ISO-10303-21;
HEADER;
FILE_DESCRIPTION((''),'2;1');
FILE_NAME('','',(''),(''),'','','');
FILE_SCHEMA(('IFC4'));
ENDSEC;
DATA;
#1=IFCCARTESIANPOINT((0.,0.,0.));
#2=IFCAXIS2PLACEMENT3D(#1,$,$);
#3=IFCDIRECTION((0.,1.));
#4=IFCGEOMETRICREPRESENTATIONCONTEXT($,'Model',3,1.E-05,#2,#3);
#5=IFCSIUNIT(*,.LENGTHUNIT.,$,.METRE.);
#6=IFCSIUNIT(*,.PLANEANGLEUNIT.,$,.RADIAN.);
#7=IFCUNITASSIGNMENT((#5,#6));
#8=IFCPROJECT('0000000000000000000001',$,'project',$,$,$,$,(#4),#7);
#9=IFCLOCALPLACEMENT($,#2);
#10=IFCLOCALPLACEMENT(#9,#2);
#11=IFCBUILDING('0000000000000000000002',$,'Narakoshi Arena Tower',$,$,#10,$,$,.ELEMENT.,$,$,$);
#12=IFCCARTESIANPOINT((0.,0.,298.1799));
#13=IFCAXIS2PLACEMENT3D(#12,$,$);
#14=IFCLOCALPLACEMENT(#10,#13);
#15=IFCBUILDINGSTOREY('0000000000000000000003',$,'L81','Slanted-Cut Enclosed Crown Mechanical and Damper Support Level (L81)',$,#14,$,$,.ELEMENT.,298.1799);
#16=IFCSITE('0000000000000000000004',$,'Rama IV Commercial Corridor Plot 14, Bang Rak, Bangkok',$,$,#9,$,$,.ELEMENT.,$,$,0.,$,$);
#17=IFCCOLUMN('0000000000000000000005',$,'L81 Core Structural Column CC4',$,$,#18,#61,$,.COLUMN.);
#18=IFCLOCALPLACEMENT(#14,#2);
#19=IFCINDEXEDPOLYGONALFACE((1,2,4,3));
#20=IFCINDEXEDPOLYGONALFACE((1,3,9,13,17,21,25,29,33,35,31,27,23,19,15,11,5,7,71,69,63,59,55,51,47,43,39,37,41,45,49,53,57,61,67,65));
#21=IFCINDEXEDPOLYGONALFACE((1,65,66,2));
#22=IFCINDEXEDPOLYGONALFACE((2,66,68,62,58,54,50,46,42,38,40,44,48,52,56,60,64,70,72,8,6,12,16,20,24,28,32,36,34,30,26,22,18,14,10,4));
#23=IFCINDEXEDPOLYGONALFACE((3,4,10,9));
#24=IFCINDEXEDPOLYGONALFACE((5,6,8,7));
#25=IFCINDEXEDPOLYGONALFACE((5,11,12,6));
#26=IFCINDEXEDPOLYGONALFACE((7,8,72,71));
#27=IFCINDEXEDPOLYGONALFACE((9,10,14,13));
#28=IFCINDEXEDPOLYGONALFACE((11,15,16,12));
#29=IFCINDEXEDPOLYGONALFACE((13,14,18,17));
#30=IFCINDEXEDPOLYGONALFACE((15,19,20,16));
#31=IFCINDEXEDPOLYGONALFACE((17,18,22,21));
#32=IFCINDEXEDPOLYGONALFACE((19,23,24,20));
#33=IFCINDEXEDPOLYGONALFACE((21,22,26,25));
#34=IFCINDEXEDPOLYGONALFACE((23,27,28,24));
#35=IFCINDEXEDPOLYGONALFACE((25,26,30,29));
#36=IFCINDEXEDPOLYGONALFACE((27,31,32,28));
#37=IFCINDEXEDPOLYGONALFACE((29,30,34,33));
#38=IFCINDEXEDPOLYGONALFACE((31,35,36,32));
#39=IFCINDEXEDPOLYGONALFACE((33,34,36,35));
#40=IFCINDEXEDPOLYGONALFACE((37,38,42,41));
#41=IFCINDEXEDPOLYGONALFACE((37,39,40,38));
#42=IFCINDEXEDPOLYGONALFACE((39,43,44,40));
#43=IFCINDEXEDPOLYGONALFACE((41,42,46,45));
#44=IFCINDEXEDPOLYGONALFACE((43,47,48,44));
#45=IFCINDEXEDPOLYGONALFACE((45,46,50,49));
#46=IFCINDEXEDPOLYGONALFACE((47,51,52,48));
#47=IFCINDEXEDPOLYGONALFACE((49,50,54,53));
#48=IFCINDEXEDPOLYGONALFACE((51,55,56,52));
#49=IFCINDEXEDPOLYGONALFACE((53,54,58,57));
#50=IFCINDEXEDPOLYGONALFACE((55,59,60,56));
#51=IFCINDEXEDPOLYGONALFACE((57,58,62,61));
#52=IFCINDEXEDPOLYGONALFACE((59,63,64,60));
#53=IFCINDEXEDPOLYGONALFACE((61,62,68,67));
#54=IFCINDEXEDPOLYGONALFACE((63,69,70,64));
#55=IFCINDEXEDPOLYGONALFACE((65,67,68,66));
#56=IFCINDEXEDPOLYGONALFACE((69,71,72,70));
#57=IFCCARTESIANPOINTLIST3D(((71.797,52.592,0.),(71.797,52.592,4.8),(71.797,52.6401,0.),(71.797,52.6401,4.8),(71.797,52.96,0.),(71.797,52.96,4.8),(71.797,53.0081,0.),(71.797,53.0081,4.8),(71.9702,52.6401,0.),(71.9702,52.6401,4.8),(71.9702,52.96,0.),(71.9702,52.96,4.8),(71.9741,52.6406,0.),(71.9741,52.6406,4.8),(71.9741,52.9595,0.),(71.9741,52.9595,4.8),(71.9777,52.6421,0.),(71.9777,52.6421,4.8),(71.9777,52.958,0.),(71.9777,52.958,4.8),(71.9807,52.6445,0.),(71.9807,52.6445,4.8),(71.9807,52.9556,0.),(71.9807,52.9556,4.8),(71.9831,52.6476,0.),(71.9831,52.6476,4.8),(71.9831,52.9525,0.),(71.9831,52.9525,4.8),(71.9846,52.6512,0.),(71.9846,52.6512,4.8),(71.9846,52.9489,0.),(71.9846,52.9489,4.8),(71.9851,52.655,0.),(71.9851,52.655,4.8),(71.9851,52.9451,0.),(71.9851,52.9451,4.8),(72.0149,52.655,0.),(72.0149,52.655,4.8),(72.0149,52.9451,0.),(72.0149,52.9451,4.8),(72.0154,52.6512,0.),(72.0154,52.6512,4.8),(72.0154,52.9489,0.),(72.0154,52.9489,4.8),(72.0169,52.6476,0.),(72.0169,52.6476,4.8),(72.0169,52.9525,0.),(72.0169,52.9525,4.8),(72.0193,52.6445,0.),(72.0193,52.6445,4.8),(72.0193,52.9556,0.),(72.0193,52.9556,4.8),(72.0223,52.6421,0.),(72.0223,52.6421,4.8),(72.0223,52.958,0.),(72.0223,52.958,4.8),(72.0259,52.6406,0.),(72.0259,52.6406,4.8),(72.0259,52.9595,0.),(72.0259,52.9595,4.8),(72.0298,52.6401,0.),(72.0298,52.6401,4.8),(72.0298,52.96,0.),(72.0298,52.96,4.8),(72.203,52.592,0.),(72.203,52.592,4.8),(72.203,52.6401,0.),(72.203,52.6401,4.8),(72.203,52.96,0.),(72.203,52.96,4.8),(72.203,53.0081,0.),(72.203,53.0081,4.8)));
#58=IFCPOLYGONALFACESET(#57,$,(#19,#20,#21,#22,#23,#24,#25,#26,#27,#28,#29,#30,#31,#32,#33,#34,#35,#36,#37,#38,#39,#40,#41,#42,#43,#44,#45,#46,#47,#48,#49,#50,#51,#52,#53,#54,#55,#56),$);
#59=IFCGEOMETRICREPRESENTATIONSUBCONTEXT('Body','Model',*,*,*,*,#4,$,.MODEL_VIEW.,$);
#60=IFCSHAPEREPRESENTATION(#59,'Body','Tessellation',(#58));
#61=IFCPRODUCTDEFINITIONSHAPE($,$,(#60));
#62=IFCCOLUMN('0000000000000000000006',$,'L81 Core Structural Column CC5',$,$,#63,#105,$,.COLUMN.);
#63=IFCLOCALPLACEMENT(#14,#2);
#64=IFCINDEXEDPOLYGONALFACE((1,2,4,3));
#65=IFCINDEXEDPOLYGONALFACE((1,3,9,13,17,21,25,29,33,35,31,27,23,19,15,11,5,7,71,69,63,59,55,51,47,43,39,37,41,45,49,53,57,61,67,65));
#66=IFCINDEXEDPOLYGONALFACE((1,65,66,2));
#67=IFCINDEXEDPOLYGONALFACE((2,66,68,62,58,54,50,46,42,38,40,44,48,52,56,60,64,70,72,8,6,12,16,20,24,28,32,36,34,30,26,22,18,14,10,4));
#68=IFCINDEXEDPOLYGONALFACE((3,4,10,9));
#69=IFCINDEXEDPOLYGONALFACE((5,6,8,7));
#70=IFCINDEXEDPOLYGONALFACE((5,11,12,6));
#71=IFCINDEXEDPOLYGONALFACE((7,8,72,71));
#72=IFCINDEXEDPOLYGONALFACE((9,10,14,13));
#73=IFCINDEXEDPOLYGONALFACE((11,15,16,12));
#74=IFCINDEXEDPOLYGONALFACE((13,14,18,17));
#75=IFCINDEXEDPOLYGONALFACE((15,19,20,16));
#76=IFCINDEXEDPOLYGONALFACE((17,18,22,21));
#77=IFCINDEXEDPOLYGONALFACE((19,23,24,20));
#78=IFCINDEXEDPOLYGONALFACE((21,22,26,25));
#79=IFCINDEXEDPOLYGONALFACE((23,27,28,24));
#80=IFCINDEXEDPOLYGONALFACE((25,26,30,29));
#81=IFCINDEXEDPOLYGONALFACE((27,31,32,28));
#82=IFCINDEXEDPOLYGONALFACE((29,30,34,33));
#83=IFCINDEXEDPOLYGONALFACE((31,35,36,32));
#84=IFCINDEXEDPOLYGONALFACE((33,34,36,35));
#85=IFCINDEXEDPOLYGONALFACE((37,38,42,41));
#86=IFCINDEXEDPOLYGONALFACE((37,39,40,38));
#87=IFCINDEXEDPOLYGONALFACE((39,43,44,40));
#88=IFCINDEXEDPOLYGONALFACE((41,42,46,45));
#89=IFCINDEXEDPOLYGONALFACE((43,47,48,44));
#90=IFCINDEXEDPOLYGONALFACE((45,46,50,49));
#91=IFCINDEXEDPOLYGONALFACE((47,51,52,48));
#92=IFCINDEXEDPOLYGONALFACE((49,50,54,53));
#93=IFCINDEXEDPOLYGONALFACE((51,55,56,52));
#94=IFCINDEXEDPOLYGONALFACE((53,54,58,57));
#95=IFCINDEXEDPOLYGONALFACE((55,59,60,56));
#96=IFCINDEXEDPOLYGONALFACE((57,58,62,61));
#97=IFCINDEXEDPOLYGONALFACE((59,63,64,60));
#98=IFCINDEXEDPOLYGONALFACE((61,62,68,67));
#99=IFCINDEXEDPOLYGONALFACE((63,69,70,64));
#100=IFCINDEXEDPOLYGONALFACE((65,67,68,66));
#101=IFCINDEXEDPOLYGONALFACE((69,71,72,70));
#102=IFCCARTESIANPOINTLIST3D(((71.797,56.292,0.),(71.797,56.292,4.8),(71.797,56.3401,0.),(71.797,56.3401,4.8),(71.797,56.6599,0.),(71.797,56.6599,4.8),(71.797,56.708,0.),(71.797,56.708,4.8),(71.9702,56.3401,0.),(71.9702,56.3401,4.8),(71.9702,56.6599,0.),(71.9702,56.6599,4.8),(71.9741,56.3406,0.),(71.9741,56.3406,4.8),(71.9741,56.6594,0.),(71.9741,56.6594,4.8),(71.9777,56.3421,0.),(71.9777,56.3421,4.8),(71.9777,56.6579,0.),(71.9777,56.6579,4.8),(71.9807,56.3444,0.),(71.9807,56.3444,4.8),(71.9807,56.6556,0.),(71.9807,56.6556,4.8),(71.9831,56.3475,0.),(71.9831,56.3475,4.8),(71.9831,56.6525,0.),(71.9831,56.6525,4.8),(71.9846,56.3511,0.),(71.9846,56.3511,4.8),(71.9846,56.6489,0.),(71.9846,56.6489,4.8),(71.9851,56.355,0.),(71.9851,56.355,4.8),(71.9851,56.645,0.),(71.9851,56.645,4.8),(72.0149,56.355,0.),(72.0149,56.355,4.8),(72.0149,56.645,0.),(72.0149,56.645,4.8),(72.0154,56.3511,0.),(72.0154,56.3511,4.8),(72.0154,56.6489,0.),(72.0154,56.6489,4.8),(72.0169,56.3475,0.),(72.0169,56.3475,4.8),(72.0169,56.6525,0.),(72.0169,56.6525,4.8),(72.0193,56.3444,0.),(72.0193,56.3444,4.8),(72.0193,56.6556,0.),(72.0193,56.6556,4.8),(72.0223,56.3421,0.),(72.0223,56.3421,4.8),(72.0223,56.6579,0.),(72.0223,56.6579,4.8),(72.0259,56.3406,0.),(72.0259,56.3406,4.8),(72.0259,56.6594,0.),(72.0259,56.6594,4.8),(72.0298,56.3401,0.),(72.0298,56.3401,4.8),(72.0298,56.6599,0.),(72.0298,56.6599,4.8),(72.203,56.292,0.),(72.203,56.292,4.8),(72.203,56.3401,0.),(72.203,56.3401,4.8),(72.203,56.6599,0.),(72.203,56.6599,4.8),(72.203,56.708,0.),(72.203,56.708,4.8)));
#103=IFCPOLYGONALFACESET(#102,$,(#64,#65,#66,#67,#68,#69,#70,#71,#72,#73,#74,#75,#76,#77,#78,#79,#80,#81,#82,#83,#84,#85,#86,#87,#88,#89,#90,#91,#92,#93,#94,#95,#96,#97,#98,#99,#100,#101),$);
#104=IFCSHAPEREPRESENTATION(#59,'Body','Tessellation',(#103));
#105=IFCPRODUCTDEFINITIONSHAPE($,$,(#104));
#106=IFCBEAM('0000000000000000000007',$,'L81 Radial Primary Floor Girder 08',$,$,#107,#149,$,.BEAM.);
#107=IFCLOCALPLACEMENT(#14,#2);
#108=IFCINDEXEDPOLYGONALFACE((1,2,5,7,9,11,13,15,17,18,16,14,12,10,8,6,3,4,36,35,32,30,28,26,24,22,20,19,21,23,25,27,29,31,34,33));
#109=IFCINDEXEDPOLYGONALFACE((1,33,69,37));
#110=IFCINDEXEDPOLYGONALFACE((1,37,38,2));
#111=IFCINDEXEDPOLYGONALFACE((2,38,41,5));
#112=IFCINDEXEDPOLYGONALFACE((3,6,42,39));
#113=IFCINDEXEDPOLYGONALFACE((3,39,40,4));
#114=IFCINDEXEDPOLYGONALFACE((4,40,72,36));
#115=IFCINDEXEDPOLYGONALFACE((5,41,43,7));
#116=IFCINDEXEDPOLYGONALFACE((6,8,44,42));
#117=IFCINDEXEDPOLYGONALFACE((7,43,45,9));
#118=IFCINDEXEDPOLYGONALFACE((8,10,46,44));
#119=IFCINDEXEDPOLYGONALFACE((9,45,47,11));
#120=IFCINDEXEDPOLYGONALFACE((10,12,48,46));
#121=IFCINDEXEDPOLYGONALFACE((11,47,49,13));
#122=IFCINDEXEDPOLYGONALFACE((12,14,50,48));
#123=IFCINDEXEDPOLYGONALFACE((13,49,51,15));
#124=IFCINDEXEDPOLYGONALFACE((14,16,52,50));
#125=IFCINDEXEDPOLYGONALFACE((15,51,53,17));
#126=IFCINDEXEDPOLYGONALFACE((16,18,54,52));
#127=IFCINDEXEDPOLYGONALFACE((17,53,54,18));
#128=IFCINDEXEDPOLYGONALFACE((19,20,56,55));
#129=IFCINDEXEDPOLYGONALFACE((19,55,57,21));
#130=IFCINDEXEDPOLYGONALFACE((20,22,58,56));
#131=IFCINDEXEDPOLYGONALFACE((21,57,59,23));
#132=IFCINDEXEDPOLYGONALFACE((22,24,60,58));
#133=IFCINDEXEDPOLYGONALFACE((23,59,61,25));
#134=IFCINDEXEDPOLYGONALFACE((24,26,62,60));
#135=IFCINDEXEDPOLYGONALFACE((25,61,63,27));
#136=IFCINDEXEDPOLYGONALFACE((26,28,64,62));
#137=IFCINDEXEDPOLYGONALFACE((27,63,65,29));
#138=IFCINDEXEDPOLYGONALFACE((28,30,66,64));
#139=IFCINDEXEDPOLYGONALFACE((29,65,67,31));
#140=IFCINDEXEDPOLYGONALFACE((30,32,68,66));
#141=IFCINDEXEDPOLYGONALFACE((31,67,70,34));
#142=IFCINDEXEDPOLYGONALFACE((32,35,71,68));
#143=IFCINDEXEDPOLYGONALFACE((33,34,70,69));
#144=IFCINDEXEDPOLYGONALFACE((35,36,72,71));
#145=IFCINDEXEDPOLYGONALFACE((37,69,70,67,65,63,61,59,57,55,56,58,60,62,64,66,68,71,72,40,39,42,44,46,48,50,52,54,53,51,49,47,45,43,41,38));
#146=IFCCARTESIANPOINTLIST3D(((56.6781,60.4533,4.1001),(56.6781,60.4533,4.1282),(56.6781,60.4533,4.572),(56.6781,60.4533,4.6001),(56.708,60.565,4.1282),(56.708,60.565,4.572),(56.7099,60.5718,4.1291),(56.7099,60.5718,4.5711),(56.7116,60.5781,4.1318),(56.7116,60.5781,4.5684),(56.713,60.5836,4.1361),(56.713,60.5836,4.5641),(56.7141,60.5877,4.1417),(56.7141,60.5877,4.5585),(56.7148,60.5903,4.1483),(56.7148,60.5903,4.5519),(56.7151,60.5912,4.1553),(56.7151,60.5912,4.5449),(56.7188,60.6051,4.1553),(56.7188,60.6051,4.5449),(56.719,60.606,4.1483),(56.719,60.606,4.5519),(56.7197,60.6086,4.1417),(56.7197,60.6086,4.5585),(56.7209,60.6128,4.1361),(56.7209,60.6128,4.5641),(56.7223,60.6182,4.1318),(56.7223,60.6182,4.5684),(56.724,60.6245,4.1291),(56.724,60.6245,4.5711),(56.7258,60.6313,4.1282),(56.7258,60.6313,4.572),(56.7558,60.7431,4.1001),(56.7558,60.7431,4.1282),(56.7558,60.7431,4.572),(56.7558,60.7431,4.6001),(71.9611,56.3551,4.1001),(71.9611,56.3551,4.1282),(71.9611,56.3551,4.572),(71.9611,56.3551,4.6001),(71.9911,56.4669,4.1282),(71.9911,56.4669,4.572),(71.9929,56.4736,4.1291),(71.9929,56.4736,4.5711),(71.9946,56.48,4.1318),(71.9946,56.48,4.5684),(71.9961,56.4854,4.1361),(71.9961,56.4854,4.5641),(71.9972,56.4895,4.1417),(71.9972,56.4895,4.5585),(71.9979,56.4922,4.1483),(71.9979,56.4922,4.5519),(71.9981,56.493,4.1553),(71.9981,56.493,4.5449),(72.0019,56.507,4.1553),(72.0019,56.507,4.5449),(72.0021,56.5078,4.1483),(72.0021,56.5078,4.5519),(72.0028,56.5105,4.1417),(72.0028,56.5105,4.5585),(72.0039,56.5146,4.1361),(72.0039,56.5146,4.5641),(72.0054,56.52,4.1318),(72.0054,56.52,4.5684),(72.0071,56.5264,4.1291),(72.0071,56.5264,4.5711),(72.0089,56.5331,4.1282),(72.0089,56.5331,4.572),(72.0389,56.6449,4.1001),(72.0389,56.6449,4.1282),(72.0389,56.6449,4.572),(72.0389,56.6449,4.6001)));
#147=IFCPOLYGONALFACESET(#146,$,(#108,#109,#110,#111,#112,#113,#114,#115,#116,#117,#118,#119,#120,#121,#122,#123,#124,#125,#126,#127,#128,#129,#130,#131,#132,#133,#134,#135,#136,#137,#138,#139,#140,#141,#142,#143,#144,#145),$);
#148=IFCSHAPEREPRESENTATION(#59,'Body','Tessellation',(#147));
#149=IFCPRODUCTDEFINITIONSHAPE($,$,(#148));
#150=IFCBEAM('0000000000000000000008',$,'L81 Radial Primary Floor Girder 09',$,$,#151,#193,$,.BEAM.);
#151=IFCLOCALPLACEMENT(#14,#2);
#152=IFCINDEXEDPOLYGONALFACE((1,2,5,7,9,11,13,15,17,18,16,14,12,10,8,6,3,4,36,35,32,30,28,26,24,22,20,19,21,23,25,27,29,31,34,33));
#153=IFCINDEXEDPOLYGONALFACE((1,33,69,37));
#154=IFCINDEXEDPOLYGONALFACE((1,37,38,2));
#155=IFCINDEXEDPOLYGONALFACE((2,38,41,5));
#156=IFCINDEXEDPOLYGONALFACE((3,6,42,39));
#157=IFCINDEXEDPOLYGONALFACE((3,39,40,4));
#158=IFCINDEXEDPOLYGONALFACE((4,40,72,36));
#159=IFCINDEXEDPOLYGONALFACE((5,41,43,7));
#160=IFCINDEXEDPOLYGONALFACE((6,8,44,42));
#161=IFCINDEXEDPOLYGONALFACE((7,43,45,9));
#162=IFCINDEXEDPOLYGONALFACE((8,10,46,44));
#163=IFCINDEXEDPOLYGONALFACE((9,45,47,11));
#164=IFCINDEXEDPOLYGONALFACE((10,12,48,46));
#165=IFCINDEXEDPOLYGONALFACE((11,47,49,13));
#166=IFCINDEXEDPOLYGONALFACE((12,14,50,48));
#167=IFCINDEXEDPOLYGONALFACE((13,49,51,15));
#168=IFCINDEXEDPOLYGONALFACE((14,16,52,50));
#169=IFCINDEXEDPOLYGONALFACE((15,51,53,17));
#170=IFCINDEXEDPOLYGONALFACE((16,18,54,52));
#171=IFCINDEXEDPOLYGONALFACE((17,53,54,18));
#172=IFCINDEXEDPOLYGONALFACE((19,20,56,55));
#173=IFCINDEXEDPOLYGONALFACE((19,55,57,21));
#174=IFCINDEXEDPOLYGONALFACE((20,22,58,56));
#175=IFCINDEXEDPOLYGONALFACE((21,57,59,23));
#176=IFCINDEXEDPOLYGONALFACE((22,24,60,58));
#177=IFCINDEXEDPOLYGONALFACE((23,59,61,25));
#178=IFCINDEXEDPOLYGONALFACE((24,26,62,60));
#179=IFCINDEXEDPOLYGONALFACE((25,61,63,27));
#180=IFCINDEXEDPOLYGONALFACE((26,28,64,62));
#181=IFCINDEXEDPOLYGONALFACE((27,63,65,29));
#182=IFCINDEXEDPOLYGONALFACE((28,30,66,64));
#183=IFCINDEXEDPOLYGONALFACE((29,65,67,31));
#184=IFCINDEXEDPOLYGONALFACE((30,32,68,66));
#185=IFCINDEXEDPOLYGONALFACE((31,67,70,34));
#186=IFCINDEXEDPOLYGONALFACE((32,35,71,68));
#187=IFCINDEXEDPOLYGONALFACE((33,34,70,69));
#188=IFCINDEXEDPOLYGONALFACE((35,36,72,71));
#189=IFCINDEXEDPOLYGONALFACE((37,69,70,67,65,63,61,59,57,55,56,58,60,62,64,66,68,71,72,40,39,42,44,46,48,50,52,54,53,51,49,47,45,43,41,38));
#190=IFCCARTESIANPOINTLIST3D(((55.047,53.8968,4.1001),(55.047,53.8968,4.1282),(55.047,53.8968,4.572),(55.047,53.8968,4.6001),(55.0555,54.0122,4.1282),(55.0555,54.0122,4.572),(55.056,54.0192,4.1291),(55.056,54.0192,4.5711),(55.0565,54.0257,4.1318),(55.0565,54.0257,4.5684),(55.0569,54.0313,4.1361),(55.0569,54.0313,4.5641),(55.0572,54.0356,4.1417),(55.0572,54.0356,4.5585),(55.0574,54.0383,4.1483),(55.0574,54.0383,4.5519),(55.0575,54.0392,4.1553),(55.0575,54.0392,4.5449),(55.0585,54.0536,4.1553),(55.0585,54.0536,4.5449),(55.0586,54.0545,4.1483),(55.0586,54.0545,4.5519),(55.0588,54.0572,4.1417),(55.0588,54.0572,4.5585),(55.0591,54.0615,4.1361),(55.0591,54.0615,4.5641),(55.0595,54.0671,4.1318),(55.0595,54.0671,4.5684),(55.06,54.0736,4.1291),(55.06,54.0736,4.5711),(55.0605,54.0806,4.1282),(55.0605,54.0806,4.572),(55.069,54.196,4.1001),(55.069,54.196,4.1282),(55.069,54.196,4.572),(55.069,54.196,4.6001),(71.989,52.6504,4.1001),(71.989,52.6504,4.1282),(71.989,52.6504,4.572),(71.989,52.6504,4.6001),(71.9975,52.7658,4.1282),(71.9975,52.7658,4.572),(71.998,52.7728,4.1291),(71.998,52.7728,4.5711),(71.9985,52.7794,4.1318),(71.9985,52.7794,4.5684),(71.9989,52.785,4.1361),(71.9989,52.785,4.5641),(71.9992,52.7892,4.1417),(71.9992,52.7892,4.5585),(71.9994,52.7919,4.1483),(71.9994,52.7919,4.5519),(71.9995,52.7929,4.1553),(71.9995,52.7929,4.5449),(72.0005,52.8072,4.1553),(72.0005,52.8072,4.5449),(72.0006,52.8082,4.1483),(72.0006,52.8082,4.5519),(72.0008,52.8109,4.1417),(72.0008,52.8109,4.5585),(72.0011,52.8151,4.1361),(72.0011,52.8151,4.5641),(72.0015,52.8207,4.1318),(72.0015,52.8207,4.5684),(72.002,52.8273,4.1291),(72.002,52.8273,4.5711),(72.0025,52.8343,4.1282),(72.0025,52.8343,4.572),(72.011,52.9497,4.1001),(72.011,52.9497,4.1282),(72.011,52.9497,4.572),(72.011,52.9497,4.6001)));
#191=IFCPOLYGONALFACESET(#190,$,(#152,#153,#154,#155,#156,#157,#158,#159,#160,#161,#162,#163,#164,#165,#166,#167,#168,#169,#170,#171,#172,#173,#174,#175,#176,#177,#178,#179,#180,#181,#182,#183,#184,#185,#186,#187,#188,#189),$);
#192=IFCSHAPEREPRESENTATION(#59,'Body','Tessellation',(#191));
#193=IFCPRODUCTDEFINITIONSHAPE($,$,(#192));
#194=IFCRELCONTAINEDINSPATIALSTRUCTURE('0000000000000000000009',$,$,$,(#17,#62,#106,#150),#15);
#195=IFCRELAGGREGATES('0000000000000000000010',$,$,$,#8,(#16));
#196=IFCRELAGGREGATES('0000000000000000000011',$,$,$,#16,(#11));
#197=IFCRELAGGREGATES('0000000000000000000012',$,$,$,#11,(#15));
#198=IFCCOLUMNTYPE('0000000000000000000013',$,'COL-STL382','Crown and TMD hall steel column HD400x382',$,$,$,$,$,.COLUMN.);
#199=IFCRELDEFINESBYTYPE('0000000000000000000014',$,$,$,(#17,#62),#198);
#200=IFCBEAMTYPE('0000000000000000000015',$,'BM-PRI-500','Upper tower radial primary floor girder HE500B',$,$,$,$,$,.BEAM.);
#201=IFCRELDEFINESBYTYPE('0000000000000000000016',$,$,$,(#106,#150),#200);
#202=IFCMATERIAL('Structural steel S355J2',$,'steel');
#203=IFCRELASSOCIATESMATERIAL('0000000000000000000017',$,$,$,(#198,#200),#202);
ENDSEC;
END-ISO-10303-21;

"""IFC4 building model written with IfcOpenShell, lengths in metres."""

from ifc_helpers import new_model, si_unit, direction, frame, origin, origin_2d, place, context, subcontext, project, spatial, i_section, extrude, material, material_profile, profile_set, type_object, element, save


model = new_model("IFC4")

# Units and contexts
model_context = context("Model", 3, precision=1e-05, world=origin(), true_north=direction((0.0, 1.0)))
body_context = subcontext(model_context, "Body", "Model", "MODEL_VIEW")
ifc_project = project(units=[si_unit("LENGTHUNIT", "METRE"), si_unit("PLANEANGLEUNIT", "RADIAN")], contexts=[model_context])

# Site, building, storey
site_placement = place(None, origin())
site = spatial("IfcSite", under=ifc_project, at=site_placement, Name="Rama IV Commercial Corridor Plot 14, Bang Rak, Bangkok", CompositionType="ELEMENT", RefElevation=0.0)
building_placement = place(site_placement, origin())
building = spatial("IfcBuilding", under=site, at=building_placement, Name="Narakoshi Arena Tower", CompositionType="ELEMENT")
storey_placement = place(building_placement, frame((0.0, 0.0, 298.1799)))
storey = spatial("IfcBuildingStorey", under=building, at=storey_placement, Name="L81", Description="Slanted-Cut Enclosed Crown Mechanical and Damper Support Level (L81)", CompositionType="ELEMENT", Elevation=298.1799)

# Columns
ifc_material_1 = material(Name="Structural steel S355J2", Category="steel")
ifc_material_profile_1 = material_profile(ifc_material_1, i_section(OverallWidth=0.406, OverallDepth=0.416, WebThickness=0.0298, FlangeThickness=0.0481, FilletRadius=0.0149, at=origin_2d()), Name="HD400x382")
ifc_profile_set_1 = profile_set([ifc_material_profile_1], Name="Structural steel S355J2")
column_type = type_object("IfcColumnType", Name="COL-STL382", Description="Crown and TMD hall steel column HD400x382", PredefinedType="COLUMN", material=ifc_profile_set_1)
for number, where, z_axis, x_axis, name in (
    (1, (72.0, 52.8, 0.0), (0.0, 0.0, 1.0), (1.0, 0.0, 0.0), "L81 Core Structural Column CC4"),
    (2, (72.0, 56.5, 0.0), (0.0, 0.0, 1.0), (1.0, 0.0, 0.0), "L81 Core Structural Column CC5"),
):
    element("IfcColumn", number, at=place(storey_placement, frame(where, z_axis=z_axis, x_axis=x_axis)), inside=storey, type_object=column_type, Name=name, PredefinedType="COLUMN", context=body_context, shape_type="SweptSolid", body=[
        extrude(i_section(OverallWidth=0.406, OverallDepth=0.416, WebThickness=0.0298, FlangeThickness=0.0481, FilletRadius=0.0149, at=origin_2d()), origin(), (0.0, 0.0, 1.0), 4.8),
    ])

# Beams
ifc_material_profile_2 = material_profile(ifc_material_1, i_section(OverallWidth=0.3, OverallDepth=0.5, WebThickness=0.0144, FlangeThickness=0.0281, FilletRadius=0.0271, at=origin_2d()), Name="HE500B")
ifc_profile_set_2 = profile_set([ifc_material_profile_2], Name="Structural steel S355J2")
beam_type = type_object("IfcBeamType", Name="BM-PRI-500", Description="Upper tower radial primary floor girder HE500B", PredefinedType="BEAM", material=ifc_profile_set_2)
beam_1_placement = place(storey_placement, frame((72.0, 56.5, 4.3501), z_axis=(-0.965877, 0.259001, 0.0), x_axis=(-0.259001, -0.965877, 0.0)))
element("IfcBeam", 3, at=beam_1_placement, inside=storey, type_object=beam_type, Name="L81 Radial Primary Floor Girder 08", PredefinedType="BEAM", context=body_context, shape_type="SweptSolid", body=[
    extrude(i_section(OverallWidth=0.3, OverallDepth=0.5, WebThickness=0.0144, FlangeThickness=0.0281, FilletRadius=0.0271, at=origin_2d()), origin(), (0.0, 0.0, 1.0), 15.823),
])
beam_2_placement = place(storey_placement, frame((72.0, 52.8, 4.3501), z_axis=(-0.997305, 0.073367, 0.0), x_axis=(-0.073367, -0.997305, 0.0)))
element("IfcBeam", 4, at=beam_2_placement, inside=storey, type_object=beam_type, Name="L81 Radial Primary Floor Girder 09", PredefinedType="BEAM", context=body_context, shape_type="SweptSolid", body=[
    extrude(i_section(OverallWidth=0.3, OverallDepth=0.5, WebThickness=0.0144, FlangeThickness=0.0281, FilletRadius=0.0271, at=origin_2d()), origin(), (0.0, 0.0, 1.0), 16.9878),
])

save(model, "model.ifc")
